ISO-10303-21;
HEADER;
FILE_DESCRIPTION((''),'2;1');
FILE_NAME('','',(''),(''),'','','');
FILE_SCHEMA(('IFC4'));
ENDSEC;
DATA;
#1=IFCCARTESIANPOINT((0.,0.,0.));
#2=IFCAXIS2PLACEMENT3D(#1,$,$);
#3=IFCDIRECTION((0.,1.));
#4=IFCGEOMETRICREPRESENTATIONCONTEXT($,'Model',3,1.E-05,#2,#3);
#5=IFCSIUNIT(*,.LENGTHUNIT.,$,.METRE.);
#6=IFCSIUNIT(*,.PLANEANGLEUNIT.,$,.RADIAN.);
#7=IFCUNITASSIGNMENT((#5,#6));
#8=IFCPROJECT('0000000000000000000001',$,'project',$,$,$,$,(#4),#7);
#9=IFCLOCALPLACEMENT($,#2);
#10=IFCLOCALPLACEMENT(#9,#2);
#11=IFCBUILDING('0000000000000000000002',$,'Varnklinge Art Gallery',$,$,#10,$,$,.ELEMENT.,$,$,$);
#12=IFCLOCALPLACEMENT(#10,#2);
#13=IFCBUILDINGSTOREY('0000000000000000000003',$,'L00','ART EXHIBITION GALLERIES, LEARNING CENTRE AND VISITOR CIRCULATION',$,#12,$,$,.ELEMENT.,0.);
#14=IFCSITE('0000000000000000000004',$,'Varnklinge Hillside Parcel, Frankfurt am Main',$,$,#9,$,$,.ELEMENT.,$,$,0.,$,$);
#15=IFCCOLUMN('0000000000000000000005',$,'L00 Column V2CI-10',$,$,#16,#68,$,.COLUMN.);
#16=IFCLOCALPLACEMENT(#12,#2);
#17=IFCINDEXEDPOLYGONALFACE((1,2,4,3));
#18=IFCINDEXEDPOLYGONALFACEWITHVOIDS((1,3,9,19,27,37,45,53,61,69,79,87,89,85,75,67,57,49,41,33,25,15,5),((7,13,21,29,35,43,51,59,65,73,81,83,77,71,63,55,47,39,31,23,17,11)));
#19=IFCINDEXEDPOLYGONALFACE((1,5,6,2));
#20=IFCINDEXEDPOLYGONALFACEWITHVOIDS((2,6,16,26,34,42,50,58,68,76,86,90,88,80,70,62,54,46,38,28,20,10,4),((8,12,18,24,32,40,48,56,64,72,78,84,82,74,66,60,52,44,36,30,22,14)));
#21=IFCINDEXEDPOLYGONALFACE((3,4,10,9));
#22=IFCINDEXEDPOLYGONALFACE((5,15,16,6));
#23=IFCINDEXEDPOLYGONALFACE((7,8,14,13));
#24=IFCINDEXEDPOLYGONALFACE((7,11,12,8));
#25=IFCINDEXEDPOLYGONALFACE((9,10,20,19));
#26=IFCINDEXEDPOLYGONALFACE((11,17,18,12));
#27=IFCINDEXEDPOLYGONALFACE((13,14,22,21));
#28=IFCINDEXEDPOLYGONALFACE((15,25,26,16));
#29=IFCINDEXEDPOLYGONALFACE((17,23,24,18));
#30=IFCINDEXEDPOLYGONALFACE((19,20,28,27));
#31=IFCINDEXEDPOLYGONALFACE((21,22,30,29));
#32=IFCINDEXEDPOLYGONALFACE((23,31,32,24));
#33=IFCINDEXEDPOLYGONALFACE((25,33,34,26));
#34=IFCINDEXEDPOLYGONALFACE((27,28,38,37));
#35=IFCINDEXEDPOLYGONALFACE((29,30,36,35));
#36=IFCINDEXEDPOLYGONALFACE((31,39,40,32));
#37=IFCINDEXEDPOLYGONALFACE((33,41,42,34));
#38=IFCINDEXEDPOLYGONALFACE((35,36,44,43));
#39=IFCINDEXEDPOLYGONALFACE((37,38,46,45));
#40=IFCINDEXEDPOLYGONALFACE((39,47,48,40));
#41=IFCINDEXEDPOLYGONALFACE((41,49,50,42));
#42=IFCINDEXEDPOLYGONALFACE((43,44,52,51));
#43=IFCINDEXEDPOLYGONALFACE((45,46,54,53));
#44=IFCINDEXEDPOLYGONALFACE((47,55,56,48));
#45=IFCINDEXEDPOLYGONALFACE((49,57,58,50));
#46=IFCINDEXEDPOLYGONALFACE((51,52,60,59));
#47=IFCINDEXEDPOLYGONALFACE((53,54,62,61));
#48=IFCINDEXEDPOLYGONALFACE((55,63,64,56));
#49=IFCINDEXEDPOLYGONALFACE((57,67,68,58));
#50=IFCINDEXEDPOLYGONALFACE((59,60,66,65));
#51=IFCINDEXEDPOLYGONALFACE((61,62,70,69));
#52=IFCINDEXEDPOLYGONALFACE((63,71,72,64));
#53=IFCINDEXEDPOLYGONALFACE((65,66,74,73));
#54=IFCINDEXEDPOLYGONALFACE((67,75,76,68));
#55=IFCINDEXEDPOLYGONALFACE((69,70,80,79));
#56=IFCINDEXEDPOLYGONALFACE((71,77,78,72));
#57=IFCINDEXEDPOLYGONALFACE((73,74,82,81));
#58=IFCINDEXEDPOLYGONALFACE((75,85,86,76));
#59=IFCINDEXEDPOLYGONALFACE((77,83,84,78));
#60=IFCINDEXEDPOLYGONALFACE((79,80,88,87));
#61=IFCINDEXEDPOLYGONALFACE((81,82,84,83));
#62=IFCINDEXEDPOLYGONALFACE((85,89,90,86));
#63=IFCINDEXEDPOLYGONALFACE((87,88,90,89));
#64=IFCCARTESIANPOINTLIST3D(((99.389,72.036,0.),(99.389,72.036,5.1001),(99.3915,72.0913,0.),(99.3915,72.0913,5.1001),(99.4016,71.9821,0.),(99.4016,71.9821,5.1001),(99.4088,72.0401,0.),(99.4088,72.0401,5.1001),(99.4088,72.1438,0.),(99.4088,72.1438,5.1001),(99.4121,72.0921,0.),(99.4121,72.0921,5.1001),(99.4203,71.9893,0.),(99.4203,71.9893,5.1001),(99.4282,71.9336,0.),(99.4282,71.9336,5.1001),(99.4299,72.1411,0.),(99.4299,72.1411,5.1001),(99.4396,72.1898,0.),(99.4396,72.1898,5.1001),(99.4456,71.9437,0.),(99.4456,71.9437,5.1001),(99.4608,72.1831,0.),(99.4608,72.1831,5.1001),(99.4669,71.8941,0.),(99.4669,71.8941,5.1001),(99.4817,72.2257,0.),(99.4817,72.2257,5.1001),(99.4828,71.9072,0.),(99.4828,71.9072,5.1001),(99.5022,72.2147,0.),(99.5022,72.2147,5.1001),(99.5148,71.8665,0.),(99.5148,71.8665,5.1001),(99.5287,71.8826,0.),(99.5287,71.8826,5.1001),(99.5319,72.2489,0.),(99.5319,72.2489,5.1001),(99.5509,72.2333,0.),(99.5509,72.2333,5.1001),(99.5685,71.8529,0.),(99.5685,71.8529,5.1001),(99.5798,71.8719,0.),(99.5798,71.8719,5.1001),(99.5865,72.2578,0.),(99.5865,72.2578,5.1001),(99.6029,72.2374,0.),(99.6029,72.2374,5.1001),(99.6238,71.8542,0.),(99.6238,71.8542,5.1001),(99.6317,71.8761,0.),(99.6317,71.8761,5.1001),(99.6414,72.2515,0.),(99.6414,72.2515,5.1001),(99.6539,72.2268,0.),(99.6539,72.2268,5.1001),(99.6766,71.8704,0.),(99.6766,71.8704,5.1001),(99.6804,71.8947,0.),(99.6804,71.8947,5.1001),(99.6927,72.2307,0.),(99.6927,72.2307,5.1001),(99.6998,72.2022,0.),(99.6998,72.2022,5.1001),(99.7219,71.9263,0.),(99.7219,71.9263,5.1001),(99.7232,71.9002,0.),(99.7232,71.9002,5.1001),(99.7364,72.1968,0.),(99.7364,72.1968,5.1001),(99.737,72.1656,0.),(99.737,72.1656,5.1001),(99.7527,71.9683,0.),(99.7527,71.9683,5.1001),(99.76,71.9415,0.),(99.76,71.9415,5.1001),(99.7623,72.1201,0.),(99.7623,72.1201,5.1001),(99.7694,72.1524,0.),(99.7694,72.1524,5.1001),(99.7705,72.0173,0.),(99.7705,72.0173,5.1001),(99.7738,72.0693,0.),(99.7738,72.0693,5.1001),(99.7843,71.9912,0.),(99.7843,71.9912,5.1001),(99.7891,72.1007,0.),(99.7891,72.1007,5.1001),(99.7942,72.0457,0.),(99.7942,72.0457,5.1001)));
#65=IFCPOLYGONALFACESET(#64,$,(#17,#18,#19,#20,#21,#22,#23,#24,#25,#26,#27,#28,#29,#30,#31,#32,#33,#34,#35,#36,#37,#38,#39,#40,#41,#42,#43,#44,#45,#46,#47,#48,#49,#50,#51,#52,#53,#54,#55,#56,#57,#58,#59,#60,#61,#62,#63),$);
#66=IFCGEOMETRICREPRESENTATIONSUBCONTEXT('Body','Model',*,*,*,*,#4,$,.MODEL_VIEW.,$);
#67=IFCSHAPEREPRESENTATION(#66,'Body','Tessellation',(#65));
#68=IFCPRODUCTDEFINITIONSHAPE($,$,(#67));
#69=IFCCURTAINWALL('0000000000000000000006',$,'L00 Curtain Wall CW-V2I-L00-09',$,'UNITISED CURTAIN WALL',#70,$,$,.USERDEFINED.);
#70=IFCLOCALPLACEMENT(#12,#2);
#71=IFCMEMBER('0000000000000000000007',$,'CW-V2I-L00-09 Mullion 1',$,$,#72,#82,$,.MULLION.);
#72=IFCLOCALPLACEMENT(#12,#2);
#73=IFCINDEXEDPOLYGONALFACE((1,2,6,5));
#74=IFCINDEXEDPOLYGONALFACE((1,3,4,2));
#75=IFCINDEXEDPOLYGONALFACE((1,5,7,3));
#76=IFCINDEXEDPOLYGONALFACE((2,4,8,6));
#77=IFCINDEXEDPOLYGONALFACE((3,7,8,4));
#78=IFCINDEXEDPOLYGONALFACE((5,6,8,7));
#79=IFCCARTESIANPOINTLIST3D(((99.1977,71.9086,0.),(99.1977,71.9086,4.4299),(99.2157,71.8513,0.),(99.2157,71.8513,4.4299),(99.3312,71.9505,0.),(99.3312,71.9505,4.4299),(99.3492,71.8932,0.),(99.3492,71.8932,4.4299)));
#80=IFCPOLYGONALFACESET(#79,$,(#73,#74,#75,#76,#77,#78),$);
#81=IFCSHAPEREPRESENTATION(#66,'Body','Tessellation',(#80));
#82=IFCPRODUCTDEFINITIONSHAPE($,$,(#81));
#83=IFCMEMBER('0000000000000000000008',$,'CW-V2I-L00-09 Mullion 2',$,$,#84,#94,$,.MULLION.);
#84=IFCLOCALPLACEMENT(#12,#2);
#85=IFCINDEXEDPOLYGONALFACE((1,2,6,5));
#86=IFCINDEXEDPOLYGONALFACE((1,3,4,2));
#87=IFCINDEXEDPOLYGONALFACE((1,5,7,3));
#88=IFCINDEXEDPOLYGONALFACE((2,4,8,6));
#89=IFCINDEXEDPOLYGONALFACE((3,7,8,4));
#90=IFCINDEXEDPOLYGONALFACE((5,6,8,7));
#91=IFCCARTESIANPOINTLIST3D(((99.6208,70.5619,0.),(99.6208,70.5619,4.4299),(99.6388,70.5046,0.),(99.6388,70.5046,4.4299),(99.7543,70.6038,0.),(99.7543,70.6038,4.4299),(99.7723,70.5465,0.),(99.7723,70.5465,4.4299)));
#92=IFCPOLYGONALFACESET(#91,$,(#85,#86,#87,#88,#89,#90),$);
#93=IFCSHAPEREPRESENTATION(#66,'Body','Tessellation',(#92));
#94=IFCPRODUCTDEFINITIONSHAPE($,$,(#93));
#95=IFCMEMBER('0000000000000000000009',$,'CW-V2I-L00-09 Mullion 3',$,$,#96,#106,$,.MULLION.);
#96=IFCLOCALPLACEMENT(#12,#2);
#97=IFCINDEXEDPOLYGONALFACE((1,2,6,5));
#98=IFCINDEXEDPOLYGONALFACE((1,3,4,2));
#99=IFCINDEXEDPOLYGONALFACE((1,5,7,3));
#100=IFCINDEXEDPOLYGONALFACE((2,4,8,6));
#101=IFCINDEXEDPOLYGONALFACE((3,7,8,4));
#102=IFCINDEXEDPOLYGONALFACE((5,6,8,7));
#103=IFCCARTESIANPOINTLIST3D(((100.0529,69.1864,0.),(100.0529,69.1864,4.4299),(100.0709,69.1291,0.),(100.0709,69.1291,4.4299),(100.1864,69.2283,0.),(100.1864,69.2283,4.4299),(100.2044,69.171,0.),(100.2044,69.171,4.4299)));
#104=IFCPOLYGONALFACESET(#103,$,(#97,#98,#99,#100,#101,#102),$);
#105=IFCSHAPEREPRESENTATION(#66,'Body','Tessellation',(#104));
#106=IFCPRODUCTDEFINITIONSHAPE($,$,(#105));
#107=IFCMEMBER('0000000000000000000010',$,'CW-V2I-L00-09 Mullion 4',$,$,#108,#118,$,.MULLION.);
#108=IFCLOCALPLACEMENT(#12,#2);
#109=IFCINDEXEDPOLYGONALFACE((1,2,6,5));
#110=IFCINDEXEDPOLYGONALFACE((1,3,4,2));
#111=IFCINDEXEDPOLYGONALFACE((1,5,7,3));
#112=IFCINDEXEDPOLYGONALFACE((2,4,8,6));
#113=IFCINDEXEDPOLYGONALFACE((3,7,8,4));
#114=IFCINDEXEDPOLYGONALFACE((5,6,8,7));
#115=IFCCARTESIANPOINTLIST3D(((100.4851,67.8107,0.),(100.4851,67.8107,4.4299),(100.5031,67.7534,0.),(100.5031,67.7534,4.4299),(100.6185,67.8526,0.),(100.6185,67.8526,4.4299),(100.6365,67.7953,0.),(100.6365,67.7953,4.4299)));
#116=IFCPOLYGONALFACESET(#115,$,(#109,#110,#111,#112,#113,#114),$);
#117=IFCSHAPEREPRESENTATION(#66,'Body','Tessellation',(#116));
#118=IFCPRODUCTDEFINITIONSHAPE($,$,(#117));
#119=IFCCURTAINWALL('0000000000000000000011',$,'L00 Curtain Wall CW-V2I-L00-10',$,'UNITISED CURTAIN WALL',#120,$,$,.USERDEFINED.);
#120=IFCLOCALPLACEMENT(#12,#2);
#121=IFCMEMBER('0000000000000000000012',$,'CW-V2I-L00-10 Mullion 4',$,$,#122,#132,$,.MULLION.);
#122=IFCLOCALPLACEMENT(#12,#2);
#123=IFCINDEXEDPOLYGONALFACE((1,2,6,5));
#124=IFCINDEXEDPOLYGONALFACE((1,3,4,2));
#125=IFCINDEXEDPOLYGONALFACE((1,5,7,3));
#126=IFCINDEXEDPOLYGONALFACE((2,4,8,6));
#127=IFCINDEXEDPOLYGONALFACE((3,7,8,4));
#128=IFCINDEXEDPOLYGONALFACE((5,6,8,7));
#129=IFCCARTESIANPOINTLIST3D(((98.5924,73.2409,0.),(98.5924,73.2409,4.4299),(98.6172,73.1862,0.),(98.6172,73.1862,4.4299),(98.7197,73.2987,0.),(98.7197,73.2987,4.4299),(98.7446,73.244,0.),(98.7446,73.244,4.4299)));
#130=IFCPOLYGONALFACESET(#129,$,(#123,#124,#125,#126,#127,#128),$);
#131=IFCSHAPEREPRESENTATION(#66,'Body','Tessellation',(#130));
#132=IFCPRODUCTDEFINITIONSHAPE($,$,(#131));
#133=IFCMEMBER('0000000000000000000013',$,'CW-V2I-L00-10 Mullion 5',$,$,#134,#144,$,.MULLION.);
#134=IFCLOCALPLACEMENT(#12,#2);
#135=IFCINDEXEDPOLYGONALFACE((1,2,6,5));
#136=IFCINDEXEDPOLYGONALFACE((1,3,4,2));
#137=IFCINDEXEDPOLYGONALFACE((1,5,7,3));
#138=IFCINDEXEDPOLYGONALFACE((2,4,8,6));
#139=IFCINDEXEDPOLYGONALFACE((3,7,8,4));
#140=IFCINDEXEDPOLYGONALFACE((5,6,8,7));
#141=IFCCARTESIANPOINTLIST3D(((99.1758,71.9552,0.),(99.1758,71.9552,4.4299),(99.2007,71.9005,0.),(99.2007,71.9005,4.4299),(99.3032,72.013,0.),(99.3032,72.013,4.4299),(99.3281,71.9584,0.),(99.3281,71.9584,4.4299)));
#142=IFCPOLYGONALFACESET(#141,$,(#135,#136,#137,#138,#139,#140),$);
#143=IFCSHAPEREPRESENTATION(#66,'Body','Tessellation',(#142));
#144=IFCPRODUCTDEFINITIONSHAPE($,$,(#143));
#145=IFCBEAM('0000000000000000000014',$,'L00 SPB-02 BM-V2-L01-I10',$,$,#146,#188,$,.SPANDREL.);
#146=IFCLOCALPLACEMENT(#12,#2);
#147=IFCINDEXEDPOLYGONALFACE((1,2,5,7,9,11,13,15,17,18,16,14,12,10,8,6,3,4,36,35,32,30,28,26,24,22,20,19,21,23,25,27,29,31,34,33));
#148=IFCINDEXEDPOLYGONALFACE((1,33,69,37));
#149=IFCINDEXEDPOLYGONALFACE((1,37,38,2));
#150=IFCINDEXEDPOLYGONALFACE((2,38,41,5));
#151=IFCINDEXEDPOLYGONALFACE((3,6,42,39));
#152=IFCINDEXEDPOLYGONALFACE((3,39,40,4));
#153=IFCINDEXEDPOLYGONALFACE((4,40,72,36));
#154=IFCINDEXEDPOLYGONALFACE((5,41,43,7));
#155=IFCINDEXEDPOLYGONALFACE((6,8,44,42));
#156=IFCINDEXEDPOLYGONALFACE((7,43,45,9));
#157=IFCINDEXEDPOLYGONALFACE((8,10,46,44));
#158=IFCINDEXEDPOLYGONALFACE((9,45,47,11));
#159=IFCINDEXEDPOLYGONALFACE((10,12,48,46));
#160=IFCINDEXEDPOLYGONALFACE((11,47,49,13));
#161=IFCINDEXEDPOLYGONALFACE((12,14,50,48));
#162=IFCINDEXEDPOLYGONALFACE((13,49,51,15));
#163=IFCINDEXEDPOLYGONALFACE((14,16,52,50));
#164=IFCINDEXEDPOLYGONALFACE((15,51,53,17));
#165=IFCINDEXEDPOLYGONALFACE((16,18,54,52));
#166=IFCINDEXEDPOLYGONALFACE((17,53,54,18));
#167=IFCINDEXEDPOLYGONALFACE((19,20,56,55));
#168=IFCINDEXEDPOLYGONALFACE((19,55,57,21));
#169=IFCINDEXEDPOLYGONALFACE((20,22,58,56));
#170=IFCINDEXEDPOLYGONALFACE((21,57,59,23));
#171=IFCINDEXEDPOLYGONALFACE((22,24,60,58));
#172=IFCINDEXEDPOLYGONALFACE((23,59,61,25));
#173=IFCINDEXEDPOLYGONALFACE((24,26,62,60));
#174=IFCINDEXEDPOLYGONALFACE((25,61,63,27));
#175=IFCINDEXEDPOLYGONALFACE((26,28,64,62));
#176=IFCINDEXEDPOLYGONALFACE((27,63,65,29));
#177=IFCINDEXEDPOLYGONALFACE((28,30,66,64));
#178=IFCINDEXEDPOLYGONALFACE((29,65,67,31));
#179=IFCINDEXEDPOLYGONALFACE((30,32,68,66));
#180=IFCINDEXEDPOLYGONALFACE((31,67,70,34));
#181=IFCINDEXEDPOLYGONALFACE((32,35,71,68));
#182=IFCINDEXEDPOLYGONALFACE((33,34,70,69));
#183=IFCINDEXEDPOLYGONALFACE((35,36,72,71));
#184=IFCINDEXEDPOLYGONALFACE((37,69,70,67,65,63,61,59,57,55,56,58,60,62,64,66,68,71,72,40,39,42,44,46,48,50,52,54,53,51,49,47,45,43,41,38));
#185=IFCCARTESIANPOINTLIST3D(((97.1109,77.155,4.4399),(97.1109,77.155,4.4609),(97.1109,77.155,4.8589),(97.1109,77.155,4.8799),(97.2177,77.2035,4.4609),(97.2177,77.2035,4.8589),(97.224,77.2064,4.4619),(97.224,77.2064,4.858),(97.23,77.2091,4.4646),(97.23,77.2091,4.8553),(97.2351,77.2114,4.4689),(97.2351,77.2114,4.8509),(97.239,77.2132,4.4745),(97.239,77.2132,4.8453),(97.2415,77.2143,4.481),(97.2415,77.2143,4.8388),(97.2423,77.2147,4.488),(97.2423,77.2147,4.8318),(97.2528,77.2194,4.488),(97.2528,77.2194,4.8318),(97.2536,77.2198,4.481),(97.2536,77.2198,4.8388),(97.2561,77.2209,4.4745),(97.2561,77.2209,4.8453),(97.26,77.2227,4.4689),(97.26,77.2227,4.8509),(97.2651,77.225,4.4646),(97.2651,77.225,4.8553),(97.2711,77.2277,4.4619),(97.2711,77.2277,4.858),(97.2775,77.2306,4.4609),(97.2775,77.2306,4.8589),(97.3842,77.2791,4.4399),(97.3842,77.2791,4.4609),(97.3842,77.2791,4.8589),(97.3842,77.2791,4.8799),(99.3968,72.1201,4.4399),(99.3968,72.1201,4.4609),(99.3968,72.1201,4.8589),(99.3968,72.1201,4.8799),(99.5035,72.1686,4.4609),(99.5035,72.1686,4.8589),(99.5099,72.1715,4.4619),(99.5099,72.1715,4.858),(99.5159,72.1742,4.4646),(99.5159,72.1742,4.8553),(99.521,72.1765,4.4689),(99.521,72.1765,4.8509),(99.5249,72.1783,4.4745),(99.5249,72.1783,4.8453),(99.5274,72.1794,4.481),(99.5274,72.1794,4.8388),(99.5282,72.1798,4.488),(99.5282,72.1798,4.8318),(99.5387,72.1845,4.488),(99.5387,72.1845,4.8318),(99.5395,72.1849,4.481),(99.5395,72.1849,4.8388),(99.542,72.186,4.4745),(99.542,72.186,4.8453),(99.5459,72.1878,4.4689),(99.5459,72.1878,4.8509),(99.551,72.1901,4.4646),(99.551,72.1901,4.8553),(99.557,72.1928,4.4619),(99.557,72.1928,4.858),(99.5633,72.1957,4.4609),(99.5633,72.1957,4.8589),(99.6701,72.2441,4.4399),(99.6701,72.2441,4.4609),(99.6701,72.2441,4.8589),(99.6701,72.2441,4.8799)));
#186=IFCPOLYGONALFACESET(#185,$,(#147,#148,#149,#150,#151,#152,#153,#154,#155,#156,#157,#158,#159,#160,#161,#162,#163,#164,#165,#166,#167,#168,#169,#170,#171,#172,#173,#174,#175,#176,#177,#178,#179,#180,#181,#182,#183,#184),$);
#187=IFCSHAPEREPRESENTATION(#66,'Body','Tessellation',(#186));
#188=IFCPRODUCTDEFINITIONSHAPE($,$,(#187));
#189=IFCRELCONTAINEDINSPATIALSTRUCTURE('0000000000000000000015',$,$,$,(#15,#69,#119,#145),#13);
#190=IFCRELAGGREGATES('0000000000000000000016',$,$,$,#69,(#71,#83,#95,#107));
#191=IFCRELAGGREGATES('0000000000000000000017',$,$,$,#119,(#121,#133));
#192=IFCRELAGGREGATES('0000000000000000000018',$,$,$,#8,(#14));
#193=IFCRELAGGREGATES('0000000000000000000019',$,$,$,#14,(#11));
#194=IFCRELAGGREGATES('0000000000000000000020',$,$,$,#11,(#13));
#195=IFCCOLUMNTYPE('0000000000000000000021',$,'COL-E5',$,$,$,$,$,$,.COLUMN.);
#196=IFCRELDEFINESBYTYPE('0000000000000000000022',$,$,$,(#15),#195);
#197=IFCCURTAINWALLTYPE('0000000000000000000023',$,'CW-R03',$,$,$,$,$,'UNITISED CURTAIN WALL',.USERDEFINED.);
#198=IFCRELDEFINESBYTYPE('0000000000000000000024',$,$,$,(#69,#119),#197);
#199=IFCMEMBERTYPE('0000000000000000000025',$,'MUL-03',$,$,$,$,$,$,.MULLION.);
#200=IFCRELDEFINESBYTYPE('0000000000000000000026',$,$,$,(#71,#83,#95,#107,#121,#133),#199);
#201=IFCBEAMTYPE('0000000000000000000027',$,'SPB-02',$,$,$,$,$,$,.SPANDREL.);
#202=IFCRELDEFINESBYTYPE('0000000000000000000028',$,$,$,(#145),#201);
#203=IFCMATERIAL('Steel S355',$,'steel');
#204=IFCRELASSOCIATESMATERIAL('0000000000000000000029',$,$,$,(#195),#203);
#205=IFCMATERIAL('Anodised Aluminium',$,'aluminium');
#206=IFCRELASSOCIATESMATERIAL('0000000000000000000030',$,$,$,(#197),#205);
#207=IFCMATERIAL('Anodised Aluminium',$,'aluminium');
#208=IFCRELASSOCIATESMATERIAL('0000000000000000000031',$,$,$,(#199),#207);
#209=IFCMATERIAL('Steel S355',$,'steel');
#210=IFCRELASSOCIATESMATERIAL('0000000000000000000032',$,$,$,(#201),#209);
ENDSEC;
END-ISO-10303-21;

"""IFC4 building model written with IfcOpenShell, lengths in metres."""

from ifc_helpers import new_model, si_unit, direction, frame, origin, origin_2d, place, context, subcontext, project, spatial, rectangle, hollow_circle, i_section, extrude, material, material_profile, profile_set, type_object, element, aggregate, save


model = new_model("IFC4")

# Units and contexts
model_context = context("Model", 3, precision=1e-05, world=origin(), true_north=direction((0.0, 1.0)))
body_context = subcontext(model_context, "Body", "Model", "MODEL_VIEW")
ifc_project = project(units=[si_unit("LENGTHUNIT", "METRE"), si_unit("PLANEANGLEUNIT", "RADIAN")], contexts=[model_context])

# Site, building, storey
site_placement = place(None, origin())
site = spatial("IfcSite", under=ifc_project, at=site_placement, Name="Varnklinge Hillside Parcel, Frankfurt am Main", CompositionType="ELEMENT", RefElevation=0.0)
building_placement = place(site_placement, origin())
building = spatial("IfcBuilding", under=site, at=building_placement, Name="Varnklinge Art Gallery", CompositionType="ELEMENT")
storey_placement = place(building_placement, origin())
storey = spatial("IfcBuildingStorey", under=building, at=storey_placement, Name="L00", Description="ART EXHIBITION GALLERIES, LEARNING CENTRE AND VISITOR CIRCULATION", CompositionType="ELEMENT", Elevation=0.0)

# Column
ifc_material_1 = material(Name="Steel S355", Category="steel")
ifc_material_profile_1 = material_profile(ifc_material_1, hollow_circle(Radius=0.2031, WallThickness=0.02, at=origin_2d()), Name="CHS 406.4x20")
ifc_profile_set_1 = profile_set([ifc_material_profile_1], Name="Steel S355")
column_type = type_object("IfcColumnType", Name="COL-E5", PredefinedType="COLUMN", material=ifc_profile_set_1)
column_placement = place(storey_placement, frame((99.5913, 72.0547, 0.0), z_axis=(0.0, 0.0, 1.0), x_axis=(-0.934018, -0.357227, 0.0)))
element("IfcColumn", 1, at=column_placement, inside=storey, type_object=column_type, Name="L00 Column V2CI-10", PredefinedType="COLUMN", context=body_context, shape_type="SweptSolid", body=[
    extrude(hollow_circle(Radius=0.2031, WallThickness=0.02, at=origin_2d()), origin(), (0.0, 0.0, 1.0), 5.1001),
])

# Curtain walls, members
ifc_material_2 = material(Name="Anodised Aluminium", Category="aluminium")
curtain_wall_type = type_object("IfcCurtainWallType", Name="CW-R03", ElementType="UNITISED CURTAIN WALL", PredefinedType="USERDEFINED", material=ifc_material_2)
curtain_wall_1_placement = place(storey_placement, origin())
curtain_wall_1 = element("IfcCurtainWall", 2, at=curtain_wall_1_placement, inside=storey, type_object=curtain_wall_type, Name="L00 Curtain Wall CW-V2I-L00-09", ObjectType="UNITISED CURTAIN WALL", PredefinedType="USERDEFINED")
ifc_material_3 = material(Name="Anodised Aluminium", Category="aluminium")
ifc_material_profile_2 = material_profile(ifc_material_3, rectangle(XDim=0.0601, YDim=0.1399, at=origin_2d()), Name="ALU 60x140")
ifc_profile_set_2 = profile_set([ifc_material_profile_2], Name="Anodised Aluminium")
member_type_1 = type_object("IfcMemberType", Name="MUL-03", PredefinedType="MULLION", material=ifc_profile_set_2)
member_1_placement = place(storey_placement, frame((99.2734, 71.9009, 0.0), z_axis=(0.0, 0.0, 1.0), x_axis=(0.299707, -0.954031, 0.0)))
member_1 = element("IfcMember", 3, at=member_1_placement, type_object=member_type_1, Name="CW-V2I-L00-09 Mullion 1", PredefinedType="MULLION", context=body_context, shape_type="SweptSolid", body=[
    extrude(rectangle(XDim=0.0601, YDim=0.1399, at=origin_2d()), origin(), (0.0, 0.0, 1.0), 4.4299),
])
member_2_placement = place(storey_placement, frame((99.6965, 70.5542, 0.0), z_axis=(0.0, 0.0, 1.0), x_axis=(0.299707, -0.954031, 0.0)))
member_2 = element("IfcMember", 4, at=member_2_placement, type_object=member_type_1, Name="CW-V2I-L00-09 Mullion 2", PredefinedType="MULLION", context=body_context, shape_type="SweptSolid", body=[
    extrude(rectangle(XDim=0.0601, YDim=0.1399, at=origin_2d()), origin(), (0.0, 0.0, 1.0), 4.4299),
])
member_3_placement = place(storey_placement, frame((100.1287, 69.1787, 0.0), z_axis=(0.0, 0.0, 1.0), x_axis=(0.299707, -0.954031, 0.0)))
member_3 = element("IfcMember", 5, at=member_3_placement, type_object=member_type_1, Name="CW-V2I-L00-09 Mullion 3", PredefinedType="MULLION", context=body_context, shape_type="SweptSolid", body=[
    extrude(rectangle(XDim=0.0601, YDim=0.1399, at=origin_2d()), origin(), (0.0, 0.0, 1.0), 4.4299),
])
member_4_placement = place(storey_placement, frame((100.5608, 67.803, 0.0), z_axis=(0.0, 0.0, 1.0), x_axis=(0.299707, -0.954031, 0.0)))
member_4 = element("IfcMember", 6, at=member_4_placement, type_object=member_type_1, Name="CW-V2I-L00-09 Mullion 4", PredefinedType="MULLION", context=body_context, shape_type="SweptSolid", body=[
    extrude(rectangle(XDim=0.0601, YDim=0.1399, at=origin_2d()), origin(), (0.0, 0.0, 1.0), 4.4299),
])
curtain_wall_2_placement = place(storey_placement, origin())
curtain_wall_2 = element("IfcCurtainWall", 7, at=curtain_wall_2_placement, inside=storey, type_object=curtain_wall_type, Name="L00 Curtain Wall CW-V2I-L00-10", ObjectType="UNITISED CURTAIN WALL", PredefinedType="USERDEFINED")
member_5_placement = place(storey_placement, frame((98.6685, 73.2424, 0.0), z_axis=(0.0, 0.0, 1.0), x_axis=(0.413422, -0.910539, 0.0)))
member_5 = element("IfcMember", 8, at=member_5_placement, type_object=member_type_1, Name="CW-V2I-L00-10 Mullion 4", PredefinedType="MULLION", context=body_context, shape_type="SweptSolid", body=[
    extrude(rectangle(XDim=0.0601, YDim=0.1399, at=origin_2d()), origin(), (0.0, 0.0, 1.0), 4.4299),
])
member_6_placement = place(storey_placement, frame((99.252, 71.9568, 0.0), z_axis=(0.0, 0.0, 1.0), x_axis=(0.413422, -0.910539, 0.0)))
member_6 = element("IfcMember", 9, at=member_6_placement, type_object=member_type_1, Name="CW-V2I-L00-10 Mullion 5", PredefinedType="MULLION", context=body_context, shape_type="SweptSolid", body=[
    extrude(rectangle(XDim=0.0601, YDim=0.1399, at=origin_2d()), origin(), (0.0, 0.0, 1.0), 4.4299),
])

# Beam
ifc_material_4 = material(Name="Steel S355", Category="steel")
ifc_material_profile_3 = material_profile(ifc_material_4, i_section(OverallWidth=0.3, OverallDepth=0.4399, WebThickness=0.0115, FlangeThickness=0.021, FilletRadius=0.0271, at=origin_2d()), Name="HEA 450")
ifc_profile_set_3 = profile_set([ifc_material_profile_3], Name="Steel S355")
beam_type = type_object("IfcBeamType", Name="SPB-02", PredefinedType="SPANDREL", material=ifc_profile_set_3)
beam_placement = place(storey_placement, frame((99.5334, 72.1821, 4.6599), z_axis=(-0.413397, 0.910551, 0.0), x_axis=(-0.910551, -0.413397, 0.0)))
element("IfcBeam", 10, at=beam_placement, inside=storey, type_object=beam_type, Name="L00 SPB-02 BM-V2-L01-I10", PredefinedType="SPANDREL", context=body_context, shape_type="SweptSolid", body=[
    extrude(i_section(OverallWidth=0.3, OverallDepth=0.4399, WebThickness=0.0115, FlangeThickness=0.021, FilletRadius=0.0271, at=origin_2d()), origin(), (0.0, 0.0, 1.0), 5.5295),
])

aggregate(curtain_wall_1, [member_1, member_2, member_3, member_4])
aggregate(curtain_wall_2, [member_5, member_6])

save(model, "model.ifc")
